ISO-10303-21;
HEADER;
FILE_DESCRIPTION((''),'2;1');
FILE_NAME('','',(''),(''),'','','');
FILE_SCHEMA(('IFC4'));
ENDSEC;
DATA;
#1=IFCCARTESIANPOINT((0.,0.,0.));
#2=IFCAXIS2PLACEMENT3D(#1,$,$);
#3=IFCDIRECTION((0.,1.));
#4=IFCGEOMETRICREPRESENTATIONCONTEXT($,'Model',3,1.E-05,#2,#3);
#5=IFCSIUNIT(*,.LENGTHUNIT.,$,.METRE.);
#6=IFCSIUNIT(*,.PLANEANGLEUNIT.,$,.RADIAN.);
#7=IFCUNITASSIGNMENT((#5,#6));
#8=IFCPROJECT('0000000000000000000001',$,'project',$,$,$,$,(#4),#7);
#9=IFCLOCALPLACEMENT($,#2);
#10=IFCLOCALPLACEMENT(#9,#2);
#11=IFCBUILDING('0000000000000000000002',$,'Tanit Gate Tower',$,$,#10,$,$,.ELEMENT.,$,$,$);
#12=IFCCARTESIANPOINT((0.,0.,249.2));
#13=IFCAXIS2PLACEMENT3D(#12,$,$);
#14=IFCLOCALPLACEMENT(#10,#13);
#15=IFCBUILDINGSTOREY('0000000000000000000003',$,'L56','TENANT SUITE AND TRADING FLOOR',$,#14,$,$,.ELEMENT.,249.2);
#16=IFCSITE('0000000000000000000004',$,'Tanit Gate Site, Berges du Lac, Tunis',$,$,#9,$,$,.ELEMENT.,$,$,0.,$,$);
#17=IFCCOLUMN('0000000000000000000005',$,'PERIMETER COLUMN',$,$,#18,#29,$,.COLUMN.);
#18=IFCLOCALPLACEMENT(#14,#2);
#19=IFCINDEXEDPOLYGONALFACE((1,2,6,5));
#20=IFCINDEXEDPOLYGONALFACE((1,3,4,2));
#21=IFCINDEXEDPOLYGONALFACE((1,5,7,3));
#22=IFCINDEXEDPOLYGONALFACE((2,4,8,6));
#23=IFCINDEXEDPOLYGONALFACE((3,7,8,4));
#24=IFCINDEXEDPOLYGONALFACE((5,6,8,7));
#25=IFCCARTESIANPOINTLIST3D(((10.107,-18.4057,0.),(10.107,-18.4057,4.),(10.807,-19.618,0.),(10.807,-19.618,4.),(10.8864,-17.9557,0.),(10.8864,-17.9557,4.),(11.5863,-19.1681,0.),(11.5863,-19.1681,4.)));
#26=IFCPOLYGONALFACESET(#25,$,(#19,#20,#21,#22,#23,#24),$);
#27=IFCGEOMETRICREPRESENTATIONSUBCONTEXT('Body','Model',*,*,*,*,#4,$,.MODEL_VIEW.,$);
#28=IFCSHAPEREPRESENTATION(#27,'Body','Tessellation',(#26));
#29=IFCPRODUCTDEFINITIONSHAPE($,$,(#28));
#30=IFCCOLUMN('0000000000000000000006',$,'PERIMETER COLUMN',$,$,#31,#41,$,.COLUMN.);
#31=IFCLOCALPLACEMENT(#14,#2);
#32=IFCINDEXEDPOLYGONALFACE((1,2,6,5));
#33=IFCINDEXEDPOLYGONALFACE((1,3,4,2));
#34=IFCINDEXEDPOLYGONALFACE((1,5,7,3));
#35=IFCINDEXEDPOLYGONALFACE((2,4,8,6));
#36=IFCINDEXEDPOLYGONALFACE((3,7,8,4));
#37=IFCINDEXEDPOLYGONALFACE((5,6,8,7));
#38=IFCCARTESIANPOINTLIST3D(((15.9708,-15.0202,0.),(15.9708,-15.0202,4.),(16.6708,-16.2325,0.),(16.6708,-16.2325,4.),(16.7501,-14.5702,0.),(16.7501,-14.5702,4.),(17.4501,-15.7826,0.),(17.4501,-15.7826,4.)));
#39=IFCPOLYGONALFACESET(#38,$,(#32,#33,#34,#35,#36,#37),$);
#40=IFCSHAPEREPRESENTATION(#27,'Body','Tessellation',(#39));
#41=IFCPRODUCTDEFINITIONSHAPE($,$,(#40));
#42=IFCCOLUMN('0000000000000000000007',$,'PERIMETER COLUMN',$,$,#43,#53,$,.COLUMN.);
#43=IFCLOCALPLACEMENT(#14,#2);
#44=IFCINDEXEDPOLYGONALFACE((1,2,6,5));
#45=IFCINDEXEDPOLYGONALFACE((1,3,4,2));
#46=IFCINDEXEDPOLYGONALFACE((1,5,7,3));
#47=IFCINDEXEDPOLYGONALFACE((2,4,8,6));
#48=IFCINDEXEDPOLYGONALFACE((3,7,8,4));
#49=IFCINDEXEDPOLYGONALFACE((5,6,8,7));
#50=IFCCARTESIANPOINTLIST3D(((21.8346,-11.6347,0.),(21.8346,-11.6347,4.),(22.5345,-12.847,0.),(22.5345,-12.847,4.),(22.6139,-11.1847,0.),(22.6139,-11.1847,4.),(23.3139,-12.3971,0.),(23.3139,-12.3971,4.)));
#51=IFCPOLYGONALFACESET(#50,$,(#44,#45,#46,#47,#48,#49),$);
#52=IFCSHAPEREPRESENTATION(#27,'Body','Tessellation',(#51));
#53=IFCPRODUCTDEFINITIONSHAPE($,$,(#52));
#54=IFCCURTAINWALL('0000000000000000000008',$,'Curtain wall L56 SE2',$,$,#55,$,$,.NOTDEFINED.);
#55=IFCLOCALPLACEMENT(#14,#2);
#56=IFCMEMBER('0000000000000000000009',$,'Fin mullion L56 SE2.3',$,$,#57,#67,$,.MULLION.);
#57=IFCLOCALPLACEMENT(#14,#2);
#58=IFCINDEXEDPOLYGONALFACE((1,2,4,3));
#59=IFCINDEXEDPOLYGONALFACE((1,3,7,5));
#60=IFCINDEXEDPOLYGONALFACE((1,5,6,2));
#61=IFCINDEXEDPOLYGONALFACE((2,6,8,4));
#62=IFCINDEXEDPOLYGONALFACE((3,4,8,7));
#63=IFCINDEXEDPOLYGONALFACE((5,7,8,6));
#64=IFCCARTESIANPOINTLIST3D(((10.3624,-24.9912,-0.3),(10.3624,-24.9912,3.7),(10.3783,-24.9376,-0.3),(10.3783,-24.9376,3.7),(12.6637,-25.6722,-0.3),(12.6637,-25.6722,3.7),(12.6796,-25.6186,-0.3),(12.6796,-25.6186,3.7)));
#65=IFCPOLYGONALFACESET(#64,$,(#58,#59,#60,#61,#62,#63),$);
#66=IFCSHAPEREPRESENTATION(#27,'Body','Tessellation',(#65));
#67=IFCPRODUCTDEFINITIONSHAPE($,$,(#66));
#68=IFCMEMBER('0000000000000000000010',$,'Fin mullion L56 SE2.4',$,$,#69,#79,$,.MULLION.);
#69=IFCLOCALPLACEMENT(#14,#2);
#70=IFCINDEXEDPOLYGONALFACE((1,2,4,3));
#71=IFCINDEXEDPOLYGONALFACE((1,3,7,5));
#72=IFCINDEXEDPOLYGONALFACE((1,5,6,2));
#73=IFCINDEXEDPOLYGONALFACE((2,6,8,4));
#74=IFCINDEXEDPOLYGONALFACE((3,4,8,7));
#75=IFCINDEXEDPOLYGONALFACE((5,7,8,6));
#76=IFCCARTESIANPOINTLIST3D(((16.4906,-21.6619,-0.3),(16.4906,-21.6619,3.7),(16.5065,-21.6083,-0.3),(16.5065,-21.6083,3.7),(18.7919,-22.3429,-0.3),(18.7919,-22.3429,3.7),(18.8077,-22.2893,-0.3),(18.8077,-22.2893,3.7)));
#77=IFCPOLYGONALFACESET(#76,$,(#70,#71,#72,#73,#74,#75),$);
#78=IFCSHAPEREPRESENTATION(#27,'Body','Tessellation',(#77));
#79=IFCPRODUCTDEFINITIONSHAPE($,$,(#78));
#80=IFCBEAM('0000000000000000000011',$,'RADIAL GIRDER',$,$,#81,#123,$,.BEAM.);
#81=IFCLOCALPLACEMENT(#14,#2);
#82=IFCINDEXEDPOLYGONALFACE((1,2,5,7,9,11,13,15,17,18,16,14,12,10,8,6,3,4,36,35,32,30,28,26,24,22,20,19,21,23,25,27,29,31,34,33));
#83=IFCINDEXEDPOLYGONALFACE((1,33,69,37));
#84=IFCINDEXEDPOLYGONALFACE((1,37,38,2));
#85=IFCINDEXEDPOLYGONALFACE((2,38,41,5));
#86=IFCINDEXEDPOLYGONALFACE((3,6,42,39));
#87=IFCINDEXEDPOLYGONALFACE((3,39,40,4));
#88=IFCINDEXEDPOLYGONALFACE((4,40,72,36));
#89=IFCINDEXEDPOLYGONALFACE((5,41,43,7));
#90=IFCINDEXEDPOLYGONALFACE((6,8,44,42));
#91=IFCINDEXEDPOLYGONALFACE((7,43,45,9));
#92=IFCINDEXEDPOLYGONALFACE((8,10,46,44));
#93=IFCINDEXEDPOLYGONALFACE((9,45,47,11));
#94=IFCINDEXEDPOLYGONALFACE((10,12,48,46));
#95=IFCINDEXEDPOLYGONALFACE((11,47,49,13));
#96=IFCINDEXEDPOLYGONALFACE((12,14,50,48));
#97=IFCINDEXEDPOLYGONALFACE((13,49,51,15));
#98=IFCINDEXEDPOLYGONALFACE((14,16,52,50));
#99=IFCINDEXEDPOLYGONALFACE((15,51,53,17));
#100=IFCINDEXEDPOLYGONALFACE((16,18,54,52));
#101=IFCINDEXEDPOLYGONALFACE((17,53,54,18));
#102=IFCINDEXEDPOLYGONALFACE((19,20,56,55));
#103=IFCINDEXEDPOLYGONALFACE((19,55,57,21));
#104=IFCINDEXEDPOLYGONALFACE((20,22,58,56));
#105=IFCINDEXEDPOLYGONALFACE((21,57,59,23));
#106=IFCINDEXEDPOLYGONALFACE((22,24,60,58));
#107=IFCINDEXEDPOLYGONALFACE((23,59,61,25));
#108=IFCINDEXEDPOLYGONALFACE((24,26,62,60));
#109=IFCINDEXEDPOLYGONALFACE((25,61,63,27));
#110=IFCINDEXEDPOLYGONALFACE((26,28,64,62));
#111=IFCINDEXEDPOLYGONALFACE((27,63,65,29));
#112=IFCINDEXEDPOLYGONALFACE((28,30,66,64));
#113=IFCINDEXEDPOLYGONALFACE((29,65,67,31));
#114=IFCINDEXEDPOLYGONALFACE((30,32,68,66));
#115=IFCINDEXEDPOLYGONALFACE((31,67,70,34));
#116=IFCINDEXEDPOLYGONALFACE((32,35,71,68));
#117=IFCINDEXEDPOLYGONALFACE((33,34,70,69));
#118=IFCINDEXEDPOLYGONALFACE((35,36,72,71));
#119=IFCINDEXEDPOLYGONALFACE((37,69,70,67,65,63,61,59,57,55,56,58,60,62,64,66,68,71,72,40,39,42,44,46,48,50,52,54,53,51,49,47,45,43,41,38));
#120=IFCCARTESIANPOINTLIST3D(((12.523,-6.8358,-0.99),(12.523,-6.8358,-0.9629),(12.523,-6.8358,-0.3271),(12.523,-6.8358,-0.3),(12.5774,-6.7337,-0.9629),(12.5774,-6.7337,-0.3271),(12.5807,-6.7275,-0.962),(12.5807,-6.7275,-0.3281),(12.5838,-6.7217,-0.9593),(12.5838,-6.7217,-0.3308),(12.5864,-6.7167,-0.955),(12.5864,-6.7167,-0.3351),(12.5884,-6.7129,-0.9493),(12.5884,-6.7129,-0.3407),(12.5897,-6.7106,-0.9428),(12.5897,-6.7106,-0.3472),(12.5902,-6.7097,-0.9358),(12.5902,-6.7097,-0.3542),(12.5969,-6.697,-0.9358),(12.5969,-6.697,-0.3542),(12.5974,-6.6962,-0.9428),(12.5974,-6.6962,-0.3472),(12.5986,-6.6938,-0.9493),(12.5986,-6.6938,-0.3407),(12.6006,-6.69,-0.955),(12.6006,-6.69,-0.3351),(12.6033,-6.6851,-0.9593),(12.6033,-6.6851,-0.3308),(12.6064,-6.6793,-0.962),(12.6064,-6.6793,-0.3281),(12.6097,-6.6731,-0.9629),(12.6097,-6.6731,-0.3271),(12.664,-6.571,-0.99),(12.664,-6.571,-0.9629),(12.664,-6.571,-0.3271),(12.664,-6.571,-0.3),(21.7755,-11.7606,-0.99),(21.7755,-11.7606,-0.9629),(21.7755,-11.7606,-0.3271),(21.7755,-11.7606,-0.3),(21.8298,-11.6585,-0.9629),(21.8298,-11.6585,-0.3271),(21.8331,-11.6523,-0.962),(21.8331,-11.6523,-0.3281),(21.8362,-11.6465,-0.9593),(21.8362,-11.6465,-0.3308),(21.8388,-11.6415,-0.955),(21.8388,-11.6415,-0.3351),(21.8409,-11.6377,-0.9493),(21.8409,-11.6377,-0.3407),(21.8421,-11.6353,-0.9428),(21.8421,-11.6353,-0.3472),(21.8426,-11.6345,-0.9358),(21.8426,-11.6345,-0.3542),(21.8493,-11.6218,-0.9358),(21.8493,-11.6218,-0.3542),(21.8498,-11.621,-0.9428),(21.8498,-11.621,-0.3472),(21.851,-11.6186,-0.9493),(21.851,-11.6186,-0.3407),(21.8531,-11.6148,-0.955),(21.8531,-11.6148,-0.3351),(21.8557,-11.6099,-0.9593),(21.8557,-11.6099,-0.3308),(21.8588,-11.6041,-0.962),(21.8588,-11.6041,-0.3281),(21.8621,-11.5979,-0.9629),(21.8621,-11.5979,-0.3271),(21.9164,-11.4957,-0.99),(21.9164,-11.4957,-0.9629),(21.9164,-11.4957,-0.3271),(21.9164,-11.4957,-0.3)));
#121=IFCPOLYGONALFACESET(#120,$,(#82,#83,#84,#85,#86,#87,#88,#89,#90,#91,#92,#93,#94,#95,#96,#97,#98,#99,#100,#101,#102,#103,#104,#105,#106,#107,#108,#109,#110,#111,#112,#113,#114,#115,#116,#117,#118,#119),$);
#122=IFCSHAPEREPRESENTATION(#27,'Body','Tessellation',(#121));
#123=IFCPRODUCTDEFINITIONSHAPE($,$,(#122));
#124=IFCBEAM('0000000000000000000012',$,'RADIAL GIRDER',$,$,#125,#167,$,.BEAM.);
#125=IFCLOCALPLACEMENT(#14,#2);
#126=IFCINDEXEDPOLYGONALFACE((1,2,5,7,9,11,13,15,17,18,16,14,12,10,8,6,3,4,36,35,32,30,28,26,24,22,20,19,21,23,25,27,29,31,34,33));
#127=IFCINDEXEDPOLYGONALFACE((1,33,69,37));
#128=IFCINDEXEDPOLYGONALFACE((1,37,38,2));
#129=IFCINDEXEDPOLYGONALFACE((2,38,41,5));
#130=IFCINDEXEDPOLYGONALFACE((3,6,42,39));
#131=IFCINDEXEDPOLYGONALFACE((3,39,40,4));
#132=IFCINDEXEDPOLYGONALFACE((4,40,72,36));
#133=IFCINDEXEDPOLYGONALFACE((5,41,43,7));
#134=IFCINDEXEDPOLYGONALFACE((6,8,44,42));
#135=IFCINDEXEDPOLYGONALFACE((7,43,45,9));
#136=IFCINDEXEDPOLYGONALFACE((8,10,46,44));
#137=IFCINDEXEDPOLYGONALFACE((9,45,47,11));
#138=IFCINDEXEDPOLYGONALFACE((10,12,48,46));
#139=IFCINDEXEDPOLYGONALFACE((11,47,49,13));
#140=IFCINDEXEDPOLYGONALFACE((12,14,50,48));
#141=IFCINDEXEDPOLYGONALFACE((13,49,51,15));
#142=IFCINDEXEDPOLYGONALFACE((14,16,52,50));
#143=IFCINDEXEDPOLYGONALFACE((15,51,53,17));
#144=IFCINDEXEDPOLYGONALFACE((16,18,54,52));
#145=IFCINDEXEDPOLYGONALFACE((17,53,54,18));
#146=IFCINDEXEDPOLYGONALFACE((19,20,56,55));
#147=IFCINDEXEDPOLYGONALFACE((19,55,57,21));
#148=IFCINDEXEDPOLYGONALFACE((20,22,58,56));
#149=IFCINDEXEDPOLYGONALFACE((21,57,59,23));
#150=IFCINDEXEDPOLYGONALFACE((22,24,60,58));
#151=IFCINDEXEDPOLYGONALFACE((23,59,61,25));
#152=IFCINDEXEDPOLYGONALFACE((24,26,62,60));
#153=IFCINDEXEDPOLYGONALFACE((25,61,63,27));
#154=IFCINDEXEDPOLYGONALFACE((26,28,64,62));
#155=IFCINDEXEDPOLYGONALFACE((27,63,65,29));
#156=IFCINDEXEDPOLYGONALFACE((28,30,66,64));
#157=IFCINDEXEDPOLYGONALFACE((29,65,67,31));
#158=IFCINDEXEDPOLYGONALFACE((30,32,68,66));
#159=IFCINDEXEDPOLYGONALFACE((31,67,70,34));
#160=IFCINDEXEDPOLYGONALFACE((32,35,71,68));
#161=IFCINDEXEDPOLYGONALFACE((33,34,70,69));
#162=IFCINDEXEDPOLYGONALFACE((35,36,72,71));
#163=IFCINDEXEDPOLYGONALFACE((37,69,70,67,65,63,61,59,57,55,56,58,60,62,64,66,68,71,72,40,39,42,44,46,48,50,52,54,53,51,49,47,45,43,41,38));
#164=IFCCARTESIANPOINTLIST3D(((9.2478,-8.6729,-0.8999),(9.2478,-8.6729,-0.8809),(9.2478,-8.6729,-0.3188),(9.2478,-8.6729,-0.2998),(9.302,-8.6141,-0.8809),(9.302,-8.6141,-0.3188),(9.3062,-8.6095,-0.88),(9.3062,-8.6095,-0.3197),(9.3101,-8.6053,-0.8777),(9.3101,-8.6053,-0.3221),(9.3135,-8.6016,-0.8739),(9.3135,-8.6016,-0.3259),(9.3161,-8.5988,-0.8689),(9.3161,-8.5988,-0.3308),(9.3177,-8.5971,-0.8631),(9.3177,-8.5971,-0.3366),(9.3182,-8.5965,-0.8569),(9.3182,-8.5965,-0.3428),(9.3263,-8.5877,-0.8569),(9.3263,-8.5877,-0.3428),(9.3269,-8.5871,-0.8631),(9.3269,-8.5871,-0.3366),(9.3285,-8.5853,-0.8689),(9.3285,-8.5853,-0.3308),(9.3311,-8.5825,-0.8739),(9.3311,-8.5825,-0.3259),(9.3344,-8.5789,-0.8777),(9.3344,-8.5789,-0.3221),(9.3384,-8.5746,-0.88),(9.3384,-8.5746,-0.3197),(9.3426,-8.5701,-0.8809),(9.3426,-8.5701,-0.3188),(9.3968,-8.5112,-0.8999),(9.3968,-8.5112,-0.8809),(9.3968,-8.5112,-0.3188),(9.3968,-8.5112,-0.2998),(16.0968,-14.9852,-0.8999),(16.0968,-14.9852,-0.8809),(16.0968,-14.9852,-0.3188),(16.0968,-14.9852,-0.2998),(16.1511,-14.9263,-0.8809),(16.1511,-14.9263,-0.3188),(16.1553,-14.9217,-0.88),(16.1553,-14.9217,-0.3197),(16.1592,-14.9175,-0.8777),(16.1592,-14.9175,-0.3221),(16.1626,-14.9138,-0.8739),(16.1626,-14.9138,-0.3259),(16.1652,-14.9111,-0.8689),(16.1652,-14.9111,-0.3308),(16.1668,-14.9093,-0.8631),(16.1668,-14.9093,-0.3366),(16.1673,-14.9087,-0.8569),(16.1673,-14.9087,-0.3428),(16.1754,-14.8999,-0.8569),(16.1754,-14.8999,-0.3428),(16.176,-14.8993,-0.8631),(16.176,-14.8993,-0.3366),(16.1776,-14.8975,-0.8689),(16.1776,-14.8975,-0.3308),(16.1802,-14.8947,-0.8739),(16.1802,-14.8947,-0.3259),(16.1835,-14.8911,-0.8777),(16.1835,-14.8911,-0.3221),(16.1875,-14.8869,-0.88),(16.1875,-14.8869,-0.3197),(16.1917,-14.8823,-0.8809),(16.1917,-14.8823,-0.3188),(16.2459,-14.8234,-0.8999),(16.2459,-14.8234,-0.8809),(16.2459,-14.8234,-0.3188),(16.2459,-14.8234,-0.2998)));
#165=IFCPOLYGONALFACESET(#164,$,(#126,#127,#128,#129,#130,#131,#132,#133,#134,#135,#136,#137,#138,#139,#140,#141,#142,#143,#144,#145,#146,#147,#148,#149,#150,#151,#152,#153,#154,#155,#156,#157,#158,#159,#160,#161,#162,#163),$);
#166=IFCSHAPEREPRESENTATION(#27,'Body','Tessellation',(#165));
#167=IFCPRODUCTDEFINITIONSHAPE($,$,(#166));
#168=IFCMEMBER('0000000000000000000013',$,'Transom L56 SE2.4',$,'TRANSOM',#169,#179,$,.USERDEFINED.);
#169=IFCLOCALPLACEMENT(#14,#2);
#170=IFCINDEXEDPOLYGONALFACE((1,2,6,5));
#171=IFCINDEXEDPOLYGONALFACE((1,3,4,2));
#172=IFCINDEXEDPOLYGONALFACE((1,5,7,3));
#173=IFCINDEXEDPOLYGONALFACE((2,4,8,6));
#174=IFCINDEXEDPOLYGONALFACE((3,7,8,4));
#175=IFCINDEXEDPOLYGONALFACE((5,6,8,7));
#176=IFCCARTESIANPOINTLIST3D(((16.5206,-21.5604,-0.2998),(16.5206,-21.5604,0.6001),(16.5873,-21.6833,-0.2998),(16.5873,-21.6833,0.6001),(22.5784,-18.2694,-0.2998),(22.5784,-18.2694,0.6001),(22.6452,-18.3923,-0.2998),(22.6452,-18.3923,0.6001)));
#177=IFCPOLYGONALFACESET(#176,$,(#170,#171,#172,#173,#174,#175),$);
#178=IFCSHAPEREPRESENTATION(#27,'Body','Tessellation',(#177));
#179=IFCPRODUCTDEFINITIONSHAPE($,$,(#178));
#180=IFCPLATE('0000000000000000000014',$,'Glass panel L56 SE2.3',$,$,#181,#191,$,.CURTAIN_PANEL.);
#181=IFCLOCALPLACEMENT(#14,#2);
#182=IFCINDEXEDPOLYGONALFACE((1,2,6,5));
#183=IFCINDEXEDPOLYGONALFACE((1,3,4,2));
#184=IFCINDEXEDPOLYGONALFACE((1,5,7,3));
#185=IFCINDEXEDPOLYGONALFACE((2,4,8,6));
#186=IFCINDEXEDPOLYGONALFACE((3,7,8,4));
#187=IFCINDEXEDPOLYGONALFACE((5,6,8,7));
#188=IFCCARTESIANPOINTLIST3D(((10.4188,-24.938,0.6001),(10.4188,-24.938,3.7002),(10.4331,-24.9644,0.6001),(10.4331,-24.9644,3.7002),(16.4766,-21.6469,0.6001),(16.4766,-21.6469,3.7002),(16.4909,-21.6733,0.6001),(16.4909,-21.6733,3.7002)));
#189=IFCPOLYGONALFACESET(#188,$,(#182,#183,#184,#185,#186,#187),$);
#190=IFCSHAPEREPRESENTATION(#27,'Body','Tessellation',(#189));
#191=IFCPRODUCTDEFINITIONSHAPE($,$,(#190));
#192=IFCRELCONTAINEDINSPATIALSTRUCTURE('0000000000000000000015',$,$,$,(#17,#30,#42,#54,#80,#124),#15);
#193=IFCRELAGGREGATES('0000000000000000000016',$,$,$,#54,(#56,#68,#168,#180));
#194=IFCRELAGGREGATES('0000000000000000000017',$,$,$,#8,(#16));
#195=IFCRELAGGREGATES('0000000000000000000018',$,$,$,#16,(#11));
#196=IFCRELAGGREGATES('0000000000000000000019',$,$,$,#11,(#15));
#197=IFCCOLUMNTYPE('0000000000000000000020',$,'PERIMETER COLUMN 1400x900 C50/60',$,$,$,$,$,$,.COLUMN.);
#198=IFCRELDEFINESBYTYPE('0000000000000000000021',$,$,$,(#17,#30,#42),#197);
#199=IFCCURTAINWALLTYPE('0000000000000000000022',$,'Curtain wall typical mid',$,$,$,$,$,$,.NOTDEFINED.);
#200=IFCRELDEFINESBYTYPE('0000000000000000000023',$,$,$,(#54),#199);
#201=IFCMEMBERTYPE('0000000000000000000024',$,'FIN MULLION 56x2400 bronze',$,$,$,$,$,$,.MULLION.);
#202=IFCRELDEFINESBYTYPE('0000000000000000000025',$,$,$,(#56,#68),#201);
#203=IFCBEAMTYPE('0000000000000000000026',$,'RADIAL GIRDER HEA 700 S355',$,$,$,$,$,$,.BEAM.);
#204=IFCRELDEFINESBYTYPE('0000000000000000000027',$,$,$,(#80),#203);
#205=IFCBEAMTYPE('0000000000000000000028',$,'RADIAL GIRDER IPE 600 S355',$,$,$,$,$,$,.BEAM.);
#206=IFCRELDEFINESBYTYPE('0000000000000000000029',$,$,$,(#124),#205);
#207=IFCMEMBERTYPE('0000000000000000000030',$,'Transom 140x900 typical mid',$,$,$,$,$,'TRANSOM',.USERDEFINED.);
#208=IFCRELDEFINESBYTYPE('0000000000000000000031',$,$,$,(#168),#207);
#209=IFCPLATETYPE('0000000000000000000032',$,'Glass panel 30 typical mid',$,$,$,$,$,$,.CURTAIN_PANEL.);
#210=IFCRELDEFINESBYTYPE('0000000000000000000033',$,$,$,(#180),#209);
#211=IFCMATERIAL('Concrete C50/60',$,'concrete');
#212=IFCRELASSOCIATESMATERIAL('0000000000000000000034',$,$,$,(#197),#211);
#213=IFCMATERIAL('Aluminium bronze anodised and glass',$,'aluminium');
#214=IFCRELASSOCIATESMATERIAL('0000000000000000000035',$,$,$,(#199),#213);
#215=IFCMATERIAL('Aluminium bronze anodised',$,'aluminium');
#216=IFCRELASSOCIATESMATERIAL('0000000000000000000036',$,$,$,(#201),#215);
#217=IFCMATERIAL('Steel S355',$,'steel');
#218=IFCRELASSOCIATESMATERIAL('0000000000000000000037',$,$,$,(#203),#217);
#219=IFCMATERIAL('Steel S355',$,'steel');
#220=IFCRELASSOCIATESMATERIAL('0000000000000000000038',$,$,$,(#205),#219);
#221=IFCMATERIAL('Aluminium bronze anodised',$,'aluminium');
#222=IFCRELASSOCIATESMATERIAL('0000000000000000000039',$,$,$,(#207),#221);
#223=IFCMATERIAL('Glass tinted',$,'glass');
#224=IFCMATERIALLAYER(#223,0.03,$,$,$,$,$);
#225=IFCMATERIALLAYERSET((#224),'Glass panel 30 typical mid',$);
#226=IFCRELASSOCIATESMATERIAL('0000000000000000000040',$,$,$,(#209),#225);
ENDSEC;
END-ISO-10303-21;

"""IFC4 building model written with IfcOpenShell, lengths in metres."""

from ifc_helpers import new_model, si_unit, direction, frame, origin, origin_2d, place, context, subcontext, project, spatial, rectangle, i_section, extrude, material, layer, layer_set, material_profile, profile_set, type_object, element, aggregate, save


model = new_model("IFC4")

# Units and contexts
model_context = context("Model", 3, precision=1e-05, world=origin(), true_north=direction((0.0, 1.0)))
body_context = subcontext(model_context, "Body", "Model", "MODEL_VIEW")
ifc_project = project(units=[si_unit("LENGTHUNIT", "METRE"), si_unit("PLANEANGLEUNIT", "RADIAN")], contexts=[model_context])

# Site, building, storey
site_placement = place(None, origin())
site = spatial("IfcSite", under=ifc_project, at=site_placement, Name="Tanit Gate Site, Berges du Lac, Tunis", CompositionType="ELEMENT", RefElevation=0.0)
building_placement = place(site_placement, origin())
building = spatial("IfcBuilding", under=site, at=building_placement, Name="Tanit Gate Tower", CompositionType="ELEMENT")
storey_placement = place(building_placement, frame((0.0, 0.0, 249.2)))
storey = spatial("IfcBuildingStorey", under=building, at=storey_placement, Name="L56", Description="TENANT SUITE AND TRADING FLOOR", CompositionType="ELEMENT", Elevation=249.2)

# Columns
ifc_material_1 = material(Name="Concrete C50/60", Category="concrete")
ifc_material_profile_1 = material_profile(ifc_material_1, rectangle(XDim=1.3999, YDim=0.8999, at=origin_2d()), Name="RC 1400x900")
ifc_profile_set_1 = profile_set([ifc_material_profile_1], Name="Concrete C50/60")
column_type = type_object("IfcColumnType", Name="PERIMETER COLUMN 1400x900 C50/60", PredefinedType="COLUMN", material=ifc_profile_set_1)
for number, where, z_axis, x_axis, name in (
    (1, (10.8467, -18.7869, 0.0), (0.0, 0.0, 1.0), (0.5, -0.866025, 0.0), "PERIMETER COLUMN"),
    (2, (16.7104, -15.4014, 0.0), (0.0, 0.0, 1.0), (0.5, -0.866025, 0.0), "PERIMETER COLUMN"),
    (3, (22.5742, -12.0159, 0.0), (0.0, 0.0, 1.0), (0.5, -0.866025, 0.0), "PERIMETER COLUMN"),
):
    element("IfcColumn", number, at=place(storey_placement, frame(where, z_axis=z_axis, x_axis=x_axis)), inside=storey, type_object=column_type, Name=name, PredefinedType="COLUMN", context=body_context, shape_type="SweptSolid", body=[
        extrude(rectangle(XDim=1.3999, YDim=0.8999, at=origin_2d()), origin(), (0.0, 0.0, 1.0), 4.0),
    ])

# Curtain wall, members
ifc_material_2 = material(Name="Aluminium bronze anodised and glass", Category="aluminium")
curtain_wall_type = type_object("IfcCurtainWallType", Name="Curtain wall typical mid", PredefinedType="NOTDEFINED", material=ifc_material_2)
curtain_wall_placement = place(storey_placement, origin())
curtain_wall = element("IfcCurtainWall", 4, at=curtain_wall_placement, inside=storey, type_object=curtain_wall_type, Name="Curtain wall L56 SE2", PredefinedType="NOTDEFINED")
ifc_material_3 = material(Name="Aluminium bronze anodised", Category="aluminium")
ifc_material_profile_2 = material_profile(ifc_material_3, rectangle(XDim=2.3999, YDim=0.0559, at=origin_2d()), Name="56x2400 bronze fin mullion")
ifc_profile_set_2 = profile_set([ifc_material_profile_2], Name="Aluminium bronze anodised")
member_type_1 = type_object("IfcMemberType", Name="FIN MULLION 56x2400 bronze", PredefinedType="MULLION", material=ifc_profile_set_2)
member_1_placement = place(storey_placement, frame((11.521, -25.3049, -0.3), z_axis=(0.0, 0.0, 1.0), x_axis=(-0.958892, 0.283773, 0.0)))
member_1 = element("IfcMember", 5, at=member_1_placement, type_object=member_type_1, Name="Fin mullion L56 SE2.3", PredefinedType="MULLION", context=body_context, shape_type="SweptSolid", body=[
    extrude(rectangle(XDim=2.3999, YDim=0.0559, at=origin_2d()), origin(), (0.0, 0.0, 1.0), 4.0),
])
member_2_placement = place(storey_placement, frame((17.6492, -21.9756, -0.3), z_axis=(0.0, 0.0, 1.0), x_axis=(-0.958892, 0.283773, 0.0)))
member_2 = element("IfcMember", 6, at=member_2_placement, type_object=member_type_1, Name="Fin mullion L56 SE2.4", PredefinedType="MULLION", context=body_context, shape_type="SweptSolid", body=[
    extrude(rectangle(XDim=2.3999, YDim=0.0559, at=origin_2d()), origin(), (0.0, 0.0, 1.0), 4.0),
])

# Beams
ifc_material_4 = material(Name="Steel S355", Category="steel")
ifc_material_profile_3 = material_profile(ifc_material_4, i_section(OverallWidth=0.3, OverallDepth=0.6899, WebThickness=0.0144, FlangeThickness=0.0271, FilletRadius=0.0271, at=origin_2d()), Name="HEA 700")
ifc_profile_set_3 = profile_set([ifc_material_profile_3], Name="Steel S355")
beam_type_1 = type_object("IfcBeamType", Name="RADIAL GIRDER HEA 700 S355", PredefinedType="BEAM", material=ifc_profile_set_3)
beam_1_placement = place(storey_placement, frame((21.8459, -11.6282, -0.645), z_axis=(-0.882742, 0.469858, 0.0), x_axis=(-0.469858, -0.882742, 0.0)))
element("IfcBeam", 7, at=beam_1_placement, inside=storey, type_object=beam_type_1, Name="RADIAL GIRDER", PredefinedType="BEAM", context=body_context, shape_type="SweptSolid", body=[
    extrude(i_section(OverallWidth=0.3, OverallDepth=0.6899, WebThickness=0.0144, FlangeThickness=0.0271, FilletRadius=0.0271, at=origin_2d()), origin(), (0.0, 0.0, 1.0), 10.4814),
])
ifc_material_5 = material(Name="Steel S355", Category="steel")
ifc_material_profile_4 = material_profile(ifc_material_5, i_section(OverallWidth=0.22, OverallDepth=0.6001, WebThickness=0.012, FlangeThickness=0.019, FilletRadius=0.0239, at=origin_2d()), Name="IPE 600")
ifc_profile_set_4 = profile_set([ifc_material_profile_4], Name="Steel S355")
beam_type_2 = type_object("IfcBeamType", Name="RADIAL GIRDER IPE 600 S355", PredefinedType="BEAM", material=ifc_profile_set_4)
beam_2_placement = place(storey_placement, frame((16.1714, -14.9043, -0.5999), z_axis=(-0.735339, 0.6777, 0.0), x_axis=(-0.6777, -0.735339, 0.0)))
element("IfcBeam", 8, at=beam_2_placement, inside=storey, type_object=beam_type_2, Name="RADIAL GIRDER", PredefinedType="BEAM", context=body_context, shape_type="SweptSolid", body=[
    extrude(i_section(OverallWidth=0.22, OverallDepth=0.6001, WebThickness=0.012, FlangeThickness=0.019, FilletRadius=0.0239, at=origin_2d()), origin(), (0.0, 0.0, 1.0), 9.3142),
])

# Member
ifc_material_6 = material(Name="Aluminium bronze anodised", Category="aluminium")
ifc_material_profile_5 = material_profile(ifc_material_6, rectangle(XDim=0.1399, YDim=0.8999, at=origin_2d()), Name="140x900 bronze transom")
ifc_profile_set_5 = profile_set([ifc_material_profile_5], Name="Aluminium bronze anodised")
member_type_2 = type_object("IfcMemberType", Name="Transom 140x900 typical mid", ElementType="TRANSOM", PredefinedType="USERDEFINED", material=ifc_profile_set_5)
member_3_placement = place(storey_placement, frame((16.554, -21.6218, 0.1501), z_axis=(0.878704, 0.477368, 0.0), x_axis=(-0.477368, 0.878704, 0.0)))
member_3 = element("IfcMember", 9, at=member_3_placement, type_object=member_type_2, Name="Transom L56 SE2.4", ObjectType="TRANSOM", PredefinedType="USERDEFINED", context=body_context, shape_type="SweptSolid", body=[
    extrude(rectangle(XDim=0.1399, YDim=0.8999, at=origin_2d()), origin(), (0.0, 0.0, 1.0), 6.894),
])

# Plate
ifc_material_7 = material(Name="Glass tinted", Category="glass")
ifc_layer_1 = layer(ifc_material_7, 0.03)
ifc_layer_set_1 = layer_set([ifc_layer_1], Name="Glass panel 30 typical mid")
plate_type = type_object("IfcPlateType", Name="Glass panel 30 typical mid", PredefinedType="CURTAIN_PANEL", material=ifc_layer_set_1)
plate_1_placement = place(storey_placement, frame((13.4548, -23.3057, 0.6001), z_axis=(0.0, 0.0, 1.0), x_axis=(0.878696, 0.477381, 0.0)))
plate_1 = element("IfcPlate", 10, at=plate_1_placement, type_object=plate_type, Name="Glass panel L56 SE2.3", PredefinedType="CURTAIN_PANEL", context=body_context, shape_type="SweptSolid", body=[
    extrude(rectangle(XDim=6.894, YDim=0.03, at=origin_2d()), origin(), (0.0, 0.0, 1.0), 3.1001),
])
aggregate(curtain_wall, [member_1, member_2, member_3, plate_1])

save(model, "model.ifc")
